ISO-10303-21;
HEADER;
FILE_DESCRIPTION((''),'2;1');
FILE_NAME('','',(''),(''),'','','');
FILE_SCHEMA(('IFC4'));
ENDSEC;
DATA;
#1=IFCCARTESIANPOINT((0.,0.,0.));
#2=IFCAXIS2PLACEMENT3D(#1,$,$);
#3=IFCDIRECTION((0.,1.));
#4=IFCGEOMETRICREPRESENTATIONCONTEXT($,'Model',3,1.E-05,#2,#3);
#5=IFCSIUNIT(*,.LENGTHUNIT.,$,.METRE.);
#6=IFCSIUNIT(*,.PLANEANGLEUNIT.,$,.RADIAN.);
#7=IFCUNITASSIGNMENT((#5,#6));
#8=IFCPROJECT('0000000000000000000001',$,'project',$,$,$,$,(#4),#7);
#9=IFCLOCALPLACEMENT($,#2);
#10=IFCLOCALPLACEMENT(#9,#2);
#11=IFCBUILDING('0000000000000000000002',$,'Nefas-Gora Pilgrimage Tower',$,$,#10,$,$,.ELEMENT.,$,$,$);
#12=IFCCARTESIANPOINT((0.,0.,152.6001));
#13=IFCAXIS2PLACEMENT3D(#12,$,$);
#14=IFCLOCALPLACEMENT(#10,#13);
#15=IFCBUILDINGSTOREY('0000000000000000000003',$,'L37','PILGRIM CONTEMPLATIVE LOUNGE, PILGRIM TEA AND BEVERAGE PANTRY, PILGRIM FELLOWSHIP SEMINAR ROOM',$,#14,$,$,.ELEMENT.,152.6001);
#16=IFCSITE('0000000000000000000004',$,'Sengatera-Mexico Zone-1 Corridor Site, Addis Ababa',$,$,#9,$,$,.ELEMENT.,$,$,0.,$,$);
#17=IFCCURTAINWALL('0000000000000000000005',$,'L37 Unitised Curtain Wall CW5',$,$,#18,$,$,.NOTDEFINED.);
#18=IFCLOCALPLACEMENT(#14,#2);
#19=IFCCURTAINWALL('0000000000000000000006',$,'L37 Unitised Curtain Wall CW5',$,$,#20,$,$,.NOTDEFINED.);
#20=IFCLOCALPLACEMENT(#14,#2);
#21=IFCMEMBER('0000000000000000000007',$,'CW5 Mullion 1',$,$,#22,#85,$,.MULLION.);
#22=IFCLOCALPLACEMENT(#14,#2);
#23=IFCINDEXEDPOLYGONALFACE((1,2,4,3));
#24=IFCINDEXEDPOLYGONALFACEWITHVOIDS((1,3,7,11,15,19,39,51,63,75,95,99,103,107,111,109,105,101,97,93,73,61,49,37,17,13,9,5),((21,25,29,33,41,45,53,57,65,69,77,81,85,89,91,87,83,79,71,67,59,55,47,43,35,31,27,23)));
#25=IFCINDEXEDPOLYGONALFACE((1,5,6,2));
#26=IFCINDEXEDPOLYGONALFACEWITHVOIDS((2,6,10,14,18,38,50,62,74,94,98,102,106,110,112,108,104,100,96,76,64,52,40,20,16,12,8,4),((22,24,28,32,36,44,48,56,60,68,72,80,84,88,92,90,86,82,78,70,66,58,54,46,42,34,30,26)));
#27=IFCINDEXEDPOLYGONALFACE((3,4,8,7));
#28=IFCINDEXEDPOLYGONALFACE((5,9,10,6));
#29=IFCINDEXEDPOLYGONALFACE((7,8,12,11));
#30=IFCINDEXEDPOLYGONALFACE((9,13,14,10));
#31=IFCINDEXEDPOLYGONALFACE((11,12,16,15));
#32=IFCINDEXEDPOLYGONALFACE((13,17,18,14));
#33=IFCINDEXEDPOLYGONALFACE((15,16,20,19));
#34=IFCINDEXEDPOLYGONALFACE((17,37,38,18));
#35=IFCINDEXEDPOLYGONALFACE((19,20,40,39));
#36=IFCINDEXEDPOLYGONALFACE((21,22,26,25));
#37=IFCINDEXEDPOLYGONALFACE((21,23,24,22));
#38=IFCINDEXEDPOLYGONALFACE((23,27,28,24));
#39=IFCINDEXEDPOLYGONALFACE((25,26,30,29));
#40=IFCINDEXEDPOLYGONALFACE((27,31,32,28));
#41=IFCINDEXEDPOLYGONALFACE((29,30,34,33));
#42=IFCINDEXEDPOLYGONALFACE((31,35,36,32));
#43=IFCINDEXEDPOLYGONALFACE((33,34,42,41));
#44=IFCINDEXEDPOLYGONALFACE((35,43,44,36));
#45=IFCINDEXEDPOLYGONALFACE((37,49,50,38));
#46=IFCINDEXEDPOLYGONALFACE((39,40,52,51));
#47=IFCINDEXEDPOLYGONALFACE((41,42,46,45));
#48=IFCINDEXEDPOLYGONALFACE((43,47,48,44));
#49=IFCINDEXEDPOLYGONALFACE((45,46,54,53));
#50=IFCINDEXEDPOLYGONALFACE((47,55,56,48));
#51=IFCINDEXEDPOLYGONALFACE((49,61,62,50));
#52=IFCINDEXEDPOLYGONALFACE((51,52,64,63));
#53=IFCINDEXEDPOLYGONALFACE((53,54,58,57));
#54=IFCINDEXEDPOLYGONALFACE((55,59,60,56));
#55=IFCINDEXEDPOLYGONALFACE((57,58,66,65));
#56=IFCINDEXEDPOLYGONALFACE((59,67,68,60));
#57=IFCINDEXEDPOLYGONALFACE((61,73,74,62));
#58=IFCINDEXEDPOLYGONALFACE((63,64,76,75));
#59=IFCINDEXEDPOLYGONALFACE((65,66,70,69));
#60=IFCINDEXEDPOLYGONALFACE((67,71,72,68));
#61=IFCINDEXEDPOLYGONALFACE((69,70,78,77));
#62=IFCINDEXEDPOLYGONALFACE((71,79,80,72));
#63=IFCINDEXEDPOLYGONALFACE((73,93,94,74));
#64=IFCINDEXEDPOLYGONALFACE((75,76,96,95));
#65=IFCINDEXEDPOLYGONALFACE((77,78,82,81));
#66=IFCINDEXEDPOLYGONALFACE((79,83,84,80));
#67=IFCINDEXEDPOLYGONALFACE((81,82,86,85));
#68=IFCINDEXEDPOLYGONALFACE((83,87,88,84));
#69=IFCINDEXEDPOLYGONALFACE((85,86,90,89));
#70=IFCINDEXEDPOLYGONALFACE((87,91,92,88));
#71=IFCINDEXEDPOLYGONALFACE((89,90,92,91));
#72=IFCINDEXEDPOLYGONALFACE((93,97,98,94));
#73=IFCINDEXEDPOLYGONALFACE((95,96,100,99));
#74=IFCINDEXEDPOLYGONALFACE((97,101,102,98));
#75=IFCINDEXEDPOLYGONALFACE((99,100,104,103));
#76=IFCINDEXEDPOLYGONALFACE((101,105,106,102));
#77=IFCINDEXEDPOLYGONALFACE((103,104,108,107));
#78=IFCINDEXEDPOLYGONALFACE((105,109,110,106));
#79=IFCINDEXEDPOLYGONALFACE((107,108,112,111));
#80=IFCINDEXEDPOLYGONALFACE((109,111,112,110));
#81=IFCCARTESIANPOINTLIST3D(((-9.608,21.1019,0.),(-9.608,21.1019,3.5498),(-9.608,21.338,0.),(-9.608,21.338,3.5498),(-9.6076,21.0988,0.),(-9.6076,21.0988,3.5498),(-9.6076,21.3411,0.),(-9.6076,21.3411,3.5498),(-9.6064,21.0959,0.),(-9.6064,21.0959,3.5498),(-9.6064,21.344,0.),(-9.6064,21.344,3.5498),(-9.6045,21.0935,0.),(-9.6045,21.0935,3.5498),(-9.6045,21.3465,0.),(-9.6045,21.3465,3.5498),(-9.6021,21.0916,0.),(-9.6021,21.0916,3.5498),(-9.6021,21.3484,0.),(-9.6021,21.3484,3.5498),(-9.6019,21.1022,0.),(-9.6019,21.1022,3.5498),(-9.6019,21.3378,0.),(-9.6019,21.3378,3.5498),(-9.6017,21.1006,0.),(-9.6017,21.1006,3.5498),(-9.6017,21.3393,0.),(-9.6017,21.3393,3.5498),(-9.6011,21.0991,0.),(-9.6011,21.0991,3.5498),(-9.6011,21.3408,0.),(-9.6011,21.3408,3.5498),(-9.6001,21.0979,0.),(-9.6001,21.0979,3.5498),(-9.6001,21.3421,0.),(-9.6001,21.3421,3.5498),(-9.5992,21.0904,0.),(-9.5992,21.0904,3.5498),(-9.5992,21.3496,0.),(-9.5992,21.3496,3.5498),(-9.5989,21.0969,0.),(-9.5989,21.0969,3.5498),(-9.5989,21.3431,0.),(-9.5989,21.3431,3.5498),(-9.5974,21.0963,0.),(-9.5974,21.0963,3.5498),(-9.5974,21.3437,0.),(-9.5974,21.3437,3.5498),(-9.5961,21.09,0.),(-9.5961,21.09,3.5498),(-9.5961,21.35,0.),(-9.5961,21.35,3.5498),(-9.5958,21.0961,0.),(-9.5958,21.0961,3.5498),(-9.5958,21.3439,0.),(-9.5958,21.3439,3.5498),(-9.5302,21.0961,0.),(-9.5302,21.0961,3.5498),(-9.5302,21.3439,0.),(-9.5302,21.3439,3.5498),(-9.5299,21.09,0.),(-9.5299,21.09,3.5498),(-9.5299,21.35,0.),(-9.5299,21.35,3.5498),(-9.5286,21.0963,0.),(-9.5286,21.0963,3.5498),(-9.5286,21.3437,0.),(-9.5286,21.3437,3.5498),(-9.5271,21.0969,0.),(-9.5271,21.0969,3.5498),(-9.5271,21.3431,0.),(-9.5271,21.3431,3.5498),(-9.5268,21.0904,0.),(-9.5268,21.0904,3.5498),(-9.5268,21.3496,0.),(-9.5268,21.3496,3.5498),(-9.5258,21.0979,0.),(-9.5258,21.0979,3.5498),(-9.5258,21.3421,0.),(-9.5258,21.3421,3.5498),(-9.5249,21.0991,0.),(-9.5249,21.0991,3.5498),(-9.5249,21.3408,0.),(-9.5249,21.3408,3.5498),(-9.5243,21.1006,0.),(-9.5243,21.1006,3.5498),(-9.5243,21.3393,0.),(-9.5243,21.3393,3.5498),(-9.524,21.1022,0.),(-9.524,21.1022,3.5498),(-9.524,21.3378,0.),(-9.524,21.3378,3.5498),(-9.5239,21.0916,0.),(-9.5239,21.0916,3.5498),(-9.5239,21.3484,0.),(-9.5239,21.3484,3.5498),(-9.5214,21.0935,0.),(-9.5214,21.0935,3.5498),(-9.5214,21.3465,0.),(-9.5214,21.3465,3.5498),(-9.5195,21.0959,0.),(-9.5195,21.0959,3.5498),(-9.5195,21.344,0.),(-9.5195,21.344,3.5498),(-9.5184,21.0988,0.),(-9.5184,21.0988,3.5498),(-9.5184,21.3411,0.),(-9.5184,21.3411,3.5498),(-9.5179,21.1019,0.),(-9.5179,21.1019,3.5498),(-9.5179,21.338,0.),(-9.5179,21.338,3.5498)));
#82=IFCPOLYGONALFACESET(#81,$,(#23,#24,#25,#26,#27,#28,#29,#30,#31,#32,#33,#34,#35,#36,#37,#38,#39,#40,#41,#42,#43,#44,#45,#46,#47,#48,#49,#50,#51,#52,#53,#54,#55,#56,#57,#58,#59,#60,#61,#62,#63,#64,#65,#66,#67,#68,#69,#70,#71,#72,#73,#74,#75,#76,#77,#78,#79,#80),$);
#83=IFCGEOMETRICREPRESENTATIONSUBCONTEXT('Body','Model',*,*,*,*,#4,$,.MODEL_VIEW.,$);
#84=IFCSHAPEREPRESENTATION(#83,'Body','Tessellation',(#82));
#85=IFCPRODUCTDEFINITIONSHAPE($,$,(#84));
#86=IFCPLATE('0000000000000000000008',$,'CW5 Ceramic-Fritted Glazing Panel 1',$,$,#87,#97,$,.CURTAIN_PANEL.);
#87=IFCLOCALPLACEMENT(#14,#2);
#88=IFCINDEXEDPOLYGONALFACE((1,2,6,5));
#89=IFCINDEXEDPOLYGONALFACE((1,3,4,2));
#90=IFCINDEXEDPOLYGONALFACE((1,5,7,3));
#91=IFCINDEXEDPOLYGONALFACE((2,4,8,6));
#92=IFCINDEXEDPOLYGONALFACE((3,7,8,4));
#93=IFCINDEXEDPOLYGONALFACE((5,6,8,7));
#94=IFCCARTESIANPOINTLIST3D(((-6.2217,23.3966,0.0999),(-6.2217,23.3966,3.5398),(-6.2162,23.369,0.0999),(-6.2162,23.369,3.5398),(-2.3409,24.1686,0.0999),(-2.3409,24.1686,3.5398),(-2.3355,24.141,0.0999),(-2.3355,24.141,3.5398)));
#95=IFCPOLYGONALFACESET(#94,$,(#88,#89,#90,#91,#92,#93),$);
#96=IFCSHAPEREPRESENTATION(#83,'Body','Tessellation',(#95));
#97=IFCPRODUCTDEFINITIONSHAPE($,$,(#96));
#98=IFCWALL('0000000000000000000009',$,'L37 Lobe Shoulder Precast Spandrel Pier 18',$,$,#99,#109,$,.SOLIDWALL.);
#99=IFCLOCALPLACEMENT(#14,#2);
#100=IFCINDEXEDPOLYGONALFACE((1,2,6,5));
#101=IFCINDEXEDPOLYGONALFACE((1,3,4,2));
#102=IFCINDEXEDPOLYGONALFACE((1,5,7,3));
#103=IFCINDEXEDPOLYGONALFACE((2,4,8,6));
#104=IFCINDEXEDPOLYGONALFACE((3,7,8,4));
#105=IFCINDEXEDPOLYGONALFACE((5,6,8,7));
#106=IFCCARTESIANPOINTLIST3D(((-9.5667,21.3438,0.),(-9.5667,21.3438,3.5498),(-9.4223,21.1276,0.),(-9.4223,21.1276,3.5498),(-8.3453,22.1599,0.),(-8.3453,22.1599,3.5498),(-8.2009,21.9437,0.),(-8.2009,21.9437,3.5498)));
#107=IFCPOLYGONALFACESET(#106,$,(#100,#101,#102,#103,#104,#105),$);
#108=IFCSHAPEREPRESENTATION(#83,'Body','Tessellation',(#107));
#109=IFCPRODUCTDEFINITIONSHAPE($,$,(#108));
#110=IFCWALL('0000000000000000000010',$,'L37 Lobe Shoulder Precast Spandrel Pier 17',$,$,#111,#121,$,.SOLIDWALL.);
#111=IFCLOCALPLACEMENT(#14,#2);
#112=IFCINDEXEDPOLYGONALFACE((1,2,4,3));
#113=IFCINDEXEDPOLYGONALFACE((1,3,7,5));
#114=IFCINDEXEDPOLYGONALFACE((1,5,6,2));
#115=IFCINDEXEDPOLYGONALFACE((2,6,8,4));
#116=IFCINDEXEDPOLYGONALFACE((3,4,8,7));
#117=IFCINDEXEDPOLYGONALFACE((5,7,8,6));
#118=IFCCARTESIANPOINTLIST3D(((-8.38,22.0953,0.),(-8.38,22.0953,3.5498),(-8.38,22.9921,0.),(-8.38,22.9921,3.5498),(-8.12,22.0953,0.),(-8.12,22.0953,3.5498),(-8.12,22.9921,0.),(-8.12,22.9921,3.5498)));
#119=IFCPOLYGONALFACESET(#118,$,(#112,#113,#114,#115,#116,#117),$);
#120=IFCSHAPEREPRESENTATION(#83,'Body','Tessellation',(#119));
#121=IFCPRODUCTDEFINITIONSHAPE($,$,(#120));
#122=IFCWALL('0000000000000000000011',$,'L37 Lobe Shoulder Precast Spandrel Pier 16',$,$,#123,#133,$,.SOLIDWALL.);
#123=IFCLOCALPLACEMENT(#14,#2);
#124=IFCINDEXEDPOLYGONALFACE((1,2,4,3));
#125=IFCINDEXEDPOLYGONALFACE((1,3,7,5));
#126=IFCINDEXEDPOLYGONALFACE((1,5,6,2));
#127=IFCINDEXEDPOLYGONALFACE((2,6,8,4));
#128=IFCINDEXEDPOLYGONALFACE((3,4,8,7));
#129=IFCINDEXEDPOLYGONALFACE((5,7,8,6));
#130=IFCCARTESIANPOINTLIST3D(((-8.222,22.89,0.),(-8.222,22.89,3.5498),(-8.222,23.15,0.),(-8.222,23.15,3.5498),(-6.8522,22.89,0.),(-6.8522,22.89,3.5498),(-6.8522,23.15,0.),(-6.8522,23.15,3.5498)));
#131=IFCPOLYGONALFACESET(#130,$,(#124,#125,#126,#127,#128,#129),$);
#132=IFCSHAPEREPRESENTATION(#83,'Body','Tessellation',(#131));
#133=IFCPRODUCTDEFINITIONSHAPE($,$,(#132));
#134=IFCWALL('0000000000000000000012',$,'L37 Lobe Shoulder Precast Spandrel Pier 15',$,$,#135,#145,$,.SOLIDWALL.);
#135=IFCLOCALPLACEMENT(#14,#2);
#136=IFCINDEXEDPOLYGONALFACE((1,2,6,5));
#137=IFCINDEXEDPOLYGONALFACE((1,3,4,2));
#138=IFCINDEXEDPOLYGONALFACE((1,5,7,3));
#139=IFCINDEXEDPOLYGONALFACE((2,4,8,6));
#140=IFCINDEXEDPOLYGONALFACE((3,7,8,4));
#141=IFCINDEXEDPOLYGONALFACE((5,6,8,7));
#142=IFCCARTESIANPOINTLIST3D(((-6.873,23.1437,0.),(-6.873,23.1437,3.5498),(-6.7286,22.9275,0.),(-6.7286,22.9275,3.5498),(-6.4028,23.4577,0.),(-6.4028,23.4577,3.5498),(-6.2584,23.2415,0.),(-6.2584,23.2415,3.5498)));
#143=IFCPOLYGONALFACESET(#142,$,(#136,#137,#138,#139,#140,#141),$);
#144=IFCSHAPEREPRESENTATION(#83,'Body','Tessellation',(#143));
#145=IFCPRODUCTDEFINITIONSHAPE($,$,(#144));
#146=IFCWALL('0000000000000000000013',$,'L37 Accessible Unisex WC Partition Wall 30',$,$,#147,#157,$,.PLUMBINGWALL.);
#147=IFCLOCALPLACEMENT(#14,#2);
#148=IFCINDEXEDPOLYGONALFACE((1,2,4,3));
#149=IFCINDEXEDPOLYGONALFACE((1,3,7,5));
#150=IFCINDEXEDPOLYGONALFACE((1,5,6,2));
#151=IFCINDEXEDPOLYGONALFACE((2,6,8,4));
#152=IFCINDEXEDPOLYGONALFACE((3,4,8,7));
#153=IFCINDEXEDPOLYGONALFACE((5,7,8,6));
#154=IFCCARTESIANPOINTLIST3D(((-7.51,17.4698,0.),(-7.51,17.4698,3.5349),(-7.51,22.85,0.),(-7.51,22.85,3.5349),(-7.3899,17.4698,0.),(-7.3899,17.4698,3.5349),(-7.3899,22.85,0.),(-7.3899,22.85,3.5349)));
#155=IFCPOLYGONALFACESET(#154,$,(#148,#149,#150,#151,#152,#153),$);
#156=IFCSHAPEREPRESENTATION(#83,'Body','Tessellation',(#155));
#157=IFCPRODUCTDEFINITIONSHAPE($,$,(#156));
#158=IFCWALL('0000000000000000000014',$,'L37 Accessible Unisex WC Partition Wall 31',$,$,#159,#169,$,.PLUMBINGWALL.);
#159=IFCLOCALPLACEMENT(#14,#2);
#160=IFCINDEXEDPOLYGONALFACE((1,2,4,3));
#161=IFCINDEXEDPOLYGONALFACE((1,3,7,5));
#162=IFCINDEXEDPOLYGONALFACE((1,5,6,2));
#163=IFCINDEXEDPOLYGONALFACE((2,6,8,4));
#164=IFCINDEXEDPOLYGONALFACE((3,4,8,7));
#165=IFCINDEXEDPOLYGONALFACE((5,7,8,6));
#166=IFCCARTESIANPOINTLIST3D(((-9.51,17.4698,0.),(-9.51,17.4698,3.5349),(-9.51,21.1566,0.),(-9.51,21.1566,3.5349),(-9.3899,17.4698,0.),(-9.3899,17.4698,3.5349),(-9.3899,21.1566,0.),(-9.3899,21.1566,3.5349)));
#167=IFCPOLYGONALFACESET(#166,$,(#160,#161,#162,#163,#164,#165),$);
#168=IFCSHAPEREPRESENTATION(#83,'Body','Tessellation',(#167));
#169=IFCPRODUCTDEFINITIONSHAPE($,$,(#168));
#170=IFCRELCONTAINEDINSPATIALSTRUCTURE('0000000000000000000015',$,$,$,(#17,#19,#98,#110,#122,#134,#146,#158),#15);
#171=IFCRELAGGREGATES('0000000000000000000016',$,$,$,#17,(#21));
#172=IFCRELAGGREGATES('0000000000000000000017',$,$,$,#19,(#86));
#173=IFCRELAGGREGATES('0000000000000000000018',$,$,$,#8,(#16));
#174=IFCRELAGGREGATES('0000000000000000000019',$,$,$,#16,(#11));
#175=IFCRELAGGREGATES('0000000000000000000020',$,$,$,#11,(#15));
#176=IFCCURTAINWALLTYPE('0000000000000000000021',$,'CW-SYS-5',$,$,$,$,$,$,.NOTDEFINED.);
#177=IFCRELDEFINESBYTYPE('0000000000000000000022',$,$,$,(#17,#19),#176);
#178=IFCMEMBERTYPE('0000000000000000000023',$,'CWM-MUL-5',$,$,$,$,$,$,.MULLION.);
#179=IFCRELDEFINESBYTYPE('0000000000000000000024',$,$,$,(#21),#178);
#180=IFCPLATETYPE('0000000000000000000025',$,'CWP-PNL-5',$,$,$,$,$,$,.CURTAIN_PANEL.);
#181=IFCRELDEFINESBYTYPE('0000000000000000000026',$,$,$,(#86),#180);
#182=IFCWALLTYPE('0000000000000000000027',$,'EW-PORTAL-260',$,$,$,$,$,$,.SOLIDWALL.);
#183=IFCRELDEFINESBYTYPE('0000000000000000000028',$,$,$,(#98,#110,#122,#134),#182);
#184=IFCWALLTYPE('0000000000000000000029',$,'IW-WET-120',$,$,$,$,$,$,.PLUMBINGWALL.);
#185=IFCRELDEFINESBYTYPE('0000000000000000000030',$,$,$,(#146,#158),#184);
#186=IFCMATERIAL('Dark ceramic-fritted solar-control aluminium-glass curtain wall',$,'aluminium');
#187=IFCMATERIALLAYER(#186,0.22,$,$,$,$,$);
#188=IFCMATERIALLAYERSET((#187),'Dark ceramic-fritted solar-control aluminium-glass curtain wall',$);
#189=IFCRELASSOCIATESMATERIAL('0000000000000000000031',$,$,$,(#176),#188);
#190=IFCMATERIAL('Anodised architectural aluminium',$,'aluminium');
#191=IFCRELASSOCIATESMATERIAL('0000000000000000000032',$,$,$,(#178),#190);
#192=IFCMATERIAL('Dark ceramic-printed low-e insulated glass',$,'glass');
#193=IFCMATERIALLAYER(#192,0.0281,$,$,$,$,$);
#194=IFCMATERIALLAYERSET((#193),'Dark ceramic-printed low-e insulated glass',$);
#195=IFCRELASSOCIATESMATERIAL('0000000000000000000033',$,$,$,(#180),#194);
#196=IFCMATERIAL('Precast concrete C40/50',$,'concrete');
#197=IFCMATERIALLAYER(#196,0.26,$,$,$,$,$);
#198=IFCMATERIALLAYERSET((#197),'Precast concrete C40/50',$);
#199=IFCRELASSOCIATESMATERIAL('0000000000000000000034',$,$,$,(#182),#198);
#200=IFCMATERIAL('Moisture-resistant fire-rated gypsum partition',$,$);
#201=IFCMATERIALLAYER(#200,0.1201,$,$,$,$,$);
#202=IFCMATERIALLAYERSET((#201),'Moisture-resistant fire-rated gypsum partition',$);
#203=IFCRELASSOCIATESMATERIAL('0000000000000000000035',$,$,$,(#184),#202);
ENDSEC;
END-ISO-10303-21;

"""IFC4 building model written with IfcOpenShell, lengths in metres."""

from ifc_helpers import new_model, si_unit, direction, frame, frame_2d, origin, origin_2d, place, context, subcontext, project, spatial, rectangle, hollow_rectangle, extrude, source, transform, mapped, material, layer, layer_set, material_profile, profile_set, type_object, element, aggregate, save


model = new_model("IFC4")

# Units and contexts
model_context = context("Model", 3, precision=1e-05, world=origin(), true_north=direction((0.0, 1.0)))
body_context = subcontext(model_context, "Body", "Model", "MODEL_VIEW")
ifc_project = project(units=[si_unit("LENGTHUNIT", "METRE"), si_unit("PLANEANGLEUNIT", "RADIAN")], contexts=[model_context])

# Site, building, storey
site_placement = place(None, origin())
site = spatial("IfcSite", under=ifc_project, at=site_placement, Name="Sengatera-Mexico Zone-1 Corridor Site, Addis Ababa", CompositionType="ELEMENT", RefElevation=0.0)
building_placement = place(site_placement, origin())
building = spatial("IfcBuilding", under=site, at=building_placement, Name="Nefas-Gora Pilgrimage Tower", CompositionType="ELEMENT")
storey_placement = place(building_placement, frame((0.0, 0.0, 152.6001)))
storey = spatial("IfcBuildingStorey", under=building, at=storey_placement, Name="L37", Description="PILGRIM CONTEMPLATIVE LOUNGE, PILGRIM TEA AND BEVERAGE PANTRY, PILGRIM FELLOWSHIP SEMINAR ROOM", CompositionType="ELEMENT", Elevation=152.6001)

# Curtain walls
ifc_material_1 = material(Name="Dark ceramic-fritted solar-control aluminium-glass curtain wall", Category="aluminium")
ifc_layer_1 = layer(ifc_material_1, 0.22)
ifc_layer_set_1 = layer_set([ifc_layer_1], Name="Dark ceramic-fritted solar-control aluminium-glass curtain wall")
curtain_wall_type = type_object("IfcCurtainWallType", Name="CW-SYS-5", PredefinedType="NOTDEFINED", material=ifc_layer_set_1)
curtain_wall_1_placement = place(storey_placement, origin())
curtain_wall_1 = element("IfcCurtainWall", 1, at=curtain_wall_1_placement, inside=storey, type_object=curtain_wall_type, Name="L37 Unitised Curtain Wall CW5", PredefinedType="NOTDEFINED")
ifc_material_2 = material(Name="Anodised architectural aluminium", Category="aluminium")
curtain_wall_2_placement = place(storey_placement, origin())
curtain_wall_2 = element("IfcCurtainWall", 2, at=curtain_wall_2_placement, inside=storey, type_object=curtain_wall_type, Name="L37 Unitised Curtain Wall CW5", PredefinedType="NOTDEFINED")
ifc_material_profile_1 = material_profile(ifc_material_2, hollow_rectangle(XDim=0.0901, YDim=0.26, WallThickness=0.0061, InnerFilletRadius=0.0061, OuterFilletRadius=0.012, at=origin_2d()), Name="ALU MULLION 90x260")
ifc_profile_set_1 = profile_set([ifc_material_profile_1], Name="Anodised architectural aluminium")
member_type_1 = type_object("IfcMemberType", Name="CWM-MUL-5", PredefinedType="MULLION", material=ifc_profile_set_1)
shared_shape_1 = source(origin(), body_context, "Body", "SweptSolid", [
    extrude(hollow_rectangle(XDim=0.0901, YDim=0.26, WallThickness=0.0061, InnerFilletRadius=0.0061, OuterFilletRadius=0.012, at=origin_2d()), origin(), (0.0, 0.0, 1.0), 3.5498),
])

# Member
member_1_placement = place(storey_placement, frame((-9.563, 21.22, 0.0), z_axis=(0.0, 0.0, 1.0), x_axis=(-1.0, 0.0, 0.0)))
member_1 = element("IfcMember", 3, at=member_1_placement, type_object=member_type_1, Name="CW5 Mullion 1", PredefinedType="MULLION", context=body_context, shape_type="MappedRepresentation", body=[
    mapped(shared_shape_1, transform((0.0, 0.0, 0.0), x_axis=(1.0, 0.0, 0.0), y_axis=(0.0, 1.0, 0.0), z_axis=(0.0, 0.0, 1.0), scale=1.0)),
])
aggregate(curtain_wall_1, [member_1])

# Plate
ifc_material_3 = material(Name="Dark ceramic-printed low-e insulated glass", Category="glass")
ifc_layer_2 = layer(ifc_material_3, 0.0281)
ifc_layer_set_2 = layer_set([ifc_layer_2], Name="Dark ceramic-printed low-e insulated glass")
plate_type = type_object("IfcPlateType", Name="CWP-PNL-5", PredefinedType="CURTAIN_PANEL", material=ifc_layer_set_2)
shared_shape_2 = source(origin(), body_context, "Body", "SweptSolid", [
    extrude(rectangle(XDim=3.9568, YDim=0.0281, at=origin_2d()), origin(), (0.0, 0.0, 1.0), 3.4399),
])
plate_placement = place(storey_placement, frame((-4.2786, 23.7688, 0.0999), z_axis=(0.0, 0.0, 1.0), x_axis=(-0.980783, -0.195102, 0.0)))
plate = element("IfcPlate", 4, at=plate_placement, type_object=plate_type, Name="CW5 Ceramic-Fritted Glazing Panel 1", PredefinedType="CURTAIN_PANEL", context=body_context, shape_type="MappedRepresentation", body=[
    mapped(shared_shape_2, transform((0.0, 0.0, 0.0), x_axis=(1.0, 0.0, 0.0), y_axis=(0.0, 1.0, 0.0), z_axis=(0.0, 0.0, 1.0), scale=1.0)),
])
aggregate(curtain_wall_2, [plate])

# Walls
ifc_material_4 = material(Name="Precast concrete C40/50", Category="concrete")
ifc_layer_3 = layer(ifc_material_4, 0.26)
ifc_layer_set_3 = layer_set([ifc_layer_3], Name="Precast concrete C40/50")
wall_type_1 = type_object("IfcWallType", Name="EW-PORTAL-260", PredefinedType="SOLIDWALL", material=ifc_layer_set_3)
shared_shape_3 = source(origin(), body_context, "Body", "SweptSolid", [
    extrude(rectangle(XDim=1.469, YDim=0.26, at=frame_2d((0.7344, 0.0))), origin(), (0.0, 0.0, 1.0), 3.5498),
])
wall_1_placement = place(storey_placement, frame((-8.2732, 22.0518, 0.0), z_axis=(0.0, 0.0, 1.0), x_axis=(-0.831462, -0.555582, 0.0)))
element("IfcWall", 5, at=wall_1_placement, inside=storey, type_object=wall_type_1, Name="L37 Lobe Shoulder Precast Spandrel Pier 18", PredefinedType="SOLIDWALL", context=body_context, shape_type="MappedRepresentation", body=[
    mapped(shared_shape_3, transform((0.0, 0.0, 0.0), x_axis=(1.0, 0.0, 0.0), y_axis=(0.0, 1.0, 0.0), z_axis=(0.0, 0.0, 1.0), scale=1.0)),
])
shared_shape_4 = source(origin(), body_context, "Body", "SweptSolid", [
    extrude(rectangle(XDim=0.8967, YDim=0.26, at=frame_2d((0.4482, 0.0))), origin(), (0.0, 0.0, 1.0), 3.5498),
])
wall_2_placement = place(storey_placement, frame((-8.25, 22.9919, 0.0), z_axis=(0.0, 0.0, 1.0), x_axis=(0.0, -1.0, 0.0)))
element("IfcWall", 6, at=wall_2_placement, inside=storey, type_object=wall_type_1, Name="L37 Lobe Shoulder Precast Spandrel Pier 17", PredefinedType="SOLIDWALL", context=body_context, shape_type="MappedRepresentation", body=[
    mapped(shared_shape_4, transform((0.0, 0.0, 0.0), x_axis=(1.0, 0.0, 0.0), y_axis=(0.0, 1.0, 0.0), z_axis=(0.0, 0.0, 1.0), scale=1.0)),
])
shared_shape_5 = source(origin(), body_context, "Body", "SweptSolid", [
    extrude(rectangle(XDim=1.3699, YDim=0.26, at=frame_2d((0.6851, 0.0))), origin(), (0.0, 0.0, 1.0), 3.5498),
])
wall_3_placement = place(storey_placement, frame((-6.8521, 23.02, 0.0), z_axis=(0.0, 0.0, 1.0), x_axis=(-1.0, 0.0, 0.0)))
element("IfcWall", 7, at=wall_3_placement, inside=storey, type_object=wall_type_1, Name="L37 Lobe Shoulder Precast Spandrel Pier 16", PredefinedType="SOLIDWALL", context=body_context, shape_type="MappedRepresentation", body=[
    mapped(shared_shape_5, transform((0.0, 0.0, 0.0), x_axis=(1.0, 0.0, 0.0), y_axis=(0.0, 1.0, 0.0), z_axis=(0.0, 0.0, 1.0), scale=1.0)),
])
shared_shape_6 = source(origin(), body_context, "Body", "SweptSolid", [
    extrude(rectangle(XDim=0.5654, YDim=0.26, at=frame_2d((0.2827, 0.0))), origin(), (0.0, 0.0, 1.0), 3.5498),
])
wall_4_placement = place(storey_placement, frame((-6.3306, 23.3496, 0.0), z_axis=(0.0, 0.0, 1.0), x_axis=(-0.831651, -0.555298, 0.0)))
element("IfcWall", 8, at=wall_4_placement, inside=storey, type_object=wall_type_1, Name="L37 Lobe Shoulder Precast Spandrel Pier 15", PredefinedType="SOLIDWALL", context=body_context, shape_type="MappedRepresentation", body=[
    mapped(shared_shape_6, transform((0.0, 0.0, 0.0), x_axis=(1.0, 0.0, 0.0), y_axis=(0.0, 1.0, 0.0), z_axis=(0.0, 0.0, 1.0), scale=1.0)),
])
ifc_material_5 = material(Name="Moisture-resistant fire-rated gypsum partition")
ifc_layer_4 = layer(ifc_material_5, 0.1201)
ifc_layer_set_4 = layer_set([ifc_layer_4], Name="Moisture-resistant fire-rated gypsum partition")
wall_type_2 = type_object("IfcWallType", Name="IW-WET-120", PredefinedType="PLUMBINGWALL", material=ifc_layer_set_4)
shared_shape_7 = source(origin(), body_context, "Body", "SweptSolid", [
    extrude(rectangle(XDim=5.3801, YDim=0.1201, at=frame_2d((2.6899, 0.0))), origin(), (0.0, 0.0, 1.0), 3.5349),
])
wall_5_placement = place(storey_placement, frame((-7.45, 17.47, 0.0), z_axis=(0.0, 0.0, 1.0), x_axis=(0.0, 1.0, 0.0)))
element("IfcWall", 9, at=wall_5_placement, inside=storey, type_object=wall_type_2, Name="L37 Accessible Unisex WC Partition Wall 30", PredefinedType="PLUMBINGWALL", context=body_context, shape_type="MappedRepresentation", body=[
    mapped(shared_shape_7, transform((0.0, 0.0, 0.0), x_axis=(1.0, 0.0, 0.0), y_axis=(0.0, 1.0, 0.0), z_axis=(0.0, 0.0, 1.0), scale=1.0)),
])
shared_shape_8 = source(origin(), body_context, "Body", "SweptSolid", [
    extrude(rectangle(XDim=3.6868, YDim=0.1201, at=frame_2d((1.8433, 0.0))), origin(), (0.0, 0.0, 1.0), 3.5349),
])
wall_6_placement = place(storey_placement, frame((-9.45, 17.47, 0.0), z_axis=(0.0, 0.0, 1.0), x_axis=(0.0, 1.0, 0.0)))
element("IfcWall", 10, at=wall_6_placement, inside=storey, type_object=wall_type_2, Name="L37 Accessible Unisex WC Partition Wall 31", PredefinedType="PLUMBINGWALL", context=body_context, shape_type="MappedRepresentation", body=[
    mapped(shared_shape_8, transform((0.0, 0.0, 0.0), x_axis=(1.0, 0.0, 0.0), y_axis=(0.0, 1.0, 0.0), z_axis=(0.0, 0.0, 1.0), scale=1.0)),
])

save(model, "model.ifc")
